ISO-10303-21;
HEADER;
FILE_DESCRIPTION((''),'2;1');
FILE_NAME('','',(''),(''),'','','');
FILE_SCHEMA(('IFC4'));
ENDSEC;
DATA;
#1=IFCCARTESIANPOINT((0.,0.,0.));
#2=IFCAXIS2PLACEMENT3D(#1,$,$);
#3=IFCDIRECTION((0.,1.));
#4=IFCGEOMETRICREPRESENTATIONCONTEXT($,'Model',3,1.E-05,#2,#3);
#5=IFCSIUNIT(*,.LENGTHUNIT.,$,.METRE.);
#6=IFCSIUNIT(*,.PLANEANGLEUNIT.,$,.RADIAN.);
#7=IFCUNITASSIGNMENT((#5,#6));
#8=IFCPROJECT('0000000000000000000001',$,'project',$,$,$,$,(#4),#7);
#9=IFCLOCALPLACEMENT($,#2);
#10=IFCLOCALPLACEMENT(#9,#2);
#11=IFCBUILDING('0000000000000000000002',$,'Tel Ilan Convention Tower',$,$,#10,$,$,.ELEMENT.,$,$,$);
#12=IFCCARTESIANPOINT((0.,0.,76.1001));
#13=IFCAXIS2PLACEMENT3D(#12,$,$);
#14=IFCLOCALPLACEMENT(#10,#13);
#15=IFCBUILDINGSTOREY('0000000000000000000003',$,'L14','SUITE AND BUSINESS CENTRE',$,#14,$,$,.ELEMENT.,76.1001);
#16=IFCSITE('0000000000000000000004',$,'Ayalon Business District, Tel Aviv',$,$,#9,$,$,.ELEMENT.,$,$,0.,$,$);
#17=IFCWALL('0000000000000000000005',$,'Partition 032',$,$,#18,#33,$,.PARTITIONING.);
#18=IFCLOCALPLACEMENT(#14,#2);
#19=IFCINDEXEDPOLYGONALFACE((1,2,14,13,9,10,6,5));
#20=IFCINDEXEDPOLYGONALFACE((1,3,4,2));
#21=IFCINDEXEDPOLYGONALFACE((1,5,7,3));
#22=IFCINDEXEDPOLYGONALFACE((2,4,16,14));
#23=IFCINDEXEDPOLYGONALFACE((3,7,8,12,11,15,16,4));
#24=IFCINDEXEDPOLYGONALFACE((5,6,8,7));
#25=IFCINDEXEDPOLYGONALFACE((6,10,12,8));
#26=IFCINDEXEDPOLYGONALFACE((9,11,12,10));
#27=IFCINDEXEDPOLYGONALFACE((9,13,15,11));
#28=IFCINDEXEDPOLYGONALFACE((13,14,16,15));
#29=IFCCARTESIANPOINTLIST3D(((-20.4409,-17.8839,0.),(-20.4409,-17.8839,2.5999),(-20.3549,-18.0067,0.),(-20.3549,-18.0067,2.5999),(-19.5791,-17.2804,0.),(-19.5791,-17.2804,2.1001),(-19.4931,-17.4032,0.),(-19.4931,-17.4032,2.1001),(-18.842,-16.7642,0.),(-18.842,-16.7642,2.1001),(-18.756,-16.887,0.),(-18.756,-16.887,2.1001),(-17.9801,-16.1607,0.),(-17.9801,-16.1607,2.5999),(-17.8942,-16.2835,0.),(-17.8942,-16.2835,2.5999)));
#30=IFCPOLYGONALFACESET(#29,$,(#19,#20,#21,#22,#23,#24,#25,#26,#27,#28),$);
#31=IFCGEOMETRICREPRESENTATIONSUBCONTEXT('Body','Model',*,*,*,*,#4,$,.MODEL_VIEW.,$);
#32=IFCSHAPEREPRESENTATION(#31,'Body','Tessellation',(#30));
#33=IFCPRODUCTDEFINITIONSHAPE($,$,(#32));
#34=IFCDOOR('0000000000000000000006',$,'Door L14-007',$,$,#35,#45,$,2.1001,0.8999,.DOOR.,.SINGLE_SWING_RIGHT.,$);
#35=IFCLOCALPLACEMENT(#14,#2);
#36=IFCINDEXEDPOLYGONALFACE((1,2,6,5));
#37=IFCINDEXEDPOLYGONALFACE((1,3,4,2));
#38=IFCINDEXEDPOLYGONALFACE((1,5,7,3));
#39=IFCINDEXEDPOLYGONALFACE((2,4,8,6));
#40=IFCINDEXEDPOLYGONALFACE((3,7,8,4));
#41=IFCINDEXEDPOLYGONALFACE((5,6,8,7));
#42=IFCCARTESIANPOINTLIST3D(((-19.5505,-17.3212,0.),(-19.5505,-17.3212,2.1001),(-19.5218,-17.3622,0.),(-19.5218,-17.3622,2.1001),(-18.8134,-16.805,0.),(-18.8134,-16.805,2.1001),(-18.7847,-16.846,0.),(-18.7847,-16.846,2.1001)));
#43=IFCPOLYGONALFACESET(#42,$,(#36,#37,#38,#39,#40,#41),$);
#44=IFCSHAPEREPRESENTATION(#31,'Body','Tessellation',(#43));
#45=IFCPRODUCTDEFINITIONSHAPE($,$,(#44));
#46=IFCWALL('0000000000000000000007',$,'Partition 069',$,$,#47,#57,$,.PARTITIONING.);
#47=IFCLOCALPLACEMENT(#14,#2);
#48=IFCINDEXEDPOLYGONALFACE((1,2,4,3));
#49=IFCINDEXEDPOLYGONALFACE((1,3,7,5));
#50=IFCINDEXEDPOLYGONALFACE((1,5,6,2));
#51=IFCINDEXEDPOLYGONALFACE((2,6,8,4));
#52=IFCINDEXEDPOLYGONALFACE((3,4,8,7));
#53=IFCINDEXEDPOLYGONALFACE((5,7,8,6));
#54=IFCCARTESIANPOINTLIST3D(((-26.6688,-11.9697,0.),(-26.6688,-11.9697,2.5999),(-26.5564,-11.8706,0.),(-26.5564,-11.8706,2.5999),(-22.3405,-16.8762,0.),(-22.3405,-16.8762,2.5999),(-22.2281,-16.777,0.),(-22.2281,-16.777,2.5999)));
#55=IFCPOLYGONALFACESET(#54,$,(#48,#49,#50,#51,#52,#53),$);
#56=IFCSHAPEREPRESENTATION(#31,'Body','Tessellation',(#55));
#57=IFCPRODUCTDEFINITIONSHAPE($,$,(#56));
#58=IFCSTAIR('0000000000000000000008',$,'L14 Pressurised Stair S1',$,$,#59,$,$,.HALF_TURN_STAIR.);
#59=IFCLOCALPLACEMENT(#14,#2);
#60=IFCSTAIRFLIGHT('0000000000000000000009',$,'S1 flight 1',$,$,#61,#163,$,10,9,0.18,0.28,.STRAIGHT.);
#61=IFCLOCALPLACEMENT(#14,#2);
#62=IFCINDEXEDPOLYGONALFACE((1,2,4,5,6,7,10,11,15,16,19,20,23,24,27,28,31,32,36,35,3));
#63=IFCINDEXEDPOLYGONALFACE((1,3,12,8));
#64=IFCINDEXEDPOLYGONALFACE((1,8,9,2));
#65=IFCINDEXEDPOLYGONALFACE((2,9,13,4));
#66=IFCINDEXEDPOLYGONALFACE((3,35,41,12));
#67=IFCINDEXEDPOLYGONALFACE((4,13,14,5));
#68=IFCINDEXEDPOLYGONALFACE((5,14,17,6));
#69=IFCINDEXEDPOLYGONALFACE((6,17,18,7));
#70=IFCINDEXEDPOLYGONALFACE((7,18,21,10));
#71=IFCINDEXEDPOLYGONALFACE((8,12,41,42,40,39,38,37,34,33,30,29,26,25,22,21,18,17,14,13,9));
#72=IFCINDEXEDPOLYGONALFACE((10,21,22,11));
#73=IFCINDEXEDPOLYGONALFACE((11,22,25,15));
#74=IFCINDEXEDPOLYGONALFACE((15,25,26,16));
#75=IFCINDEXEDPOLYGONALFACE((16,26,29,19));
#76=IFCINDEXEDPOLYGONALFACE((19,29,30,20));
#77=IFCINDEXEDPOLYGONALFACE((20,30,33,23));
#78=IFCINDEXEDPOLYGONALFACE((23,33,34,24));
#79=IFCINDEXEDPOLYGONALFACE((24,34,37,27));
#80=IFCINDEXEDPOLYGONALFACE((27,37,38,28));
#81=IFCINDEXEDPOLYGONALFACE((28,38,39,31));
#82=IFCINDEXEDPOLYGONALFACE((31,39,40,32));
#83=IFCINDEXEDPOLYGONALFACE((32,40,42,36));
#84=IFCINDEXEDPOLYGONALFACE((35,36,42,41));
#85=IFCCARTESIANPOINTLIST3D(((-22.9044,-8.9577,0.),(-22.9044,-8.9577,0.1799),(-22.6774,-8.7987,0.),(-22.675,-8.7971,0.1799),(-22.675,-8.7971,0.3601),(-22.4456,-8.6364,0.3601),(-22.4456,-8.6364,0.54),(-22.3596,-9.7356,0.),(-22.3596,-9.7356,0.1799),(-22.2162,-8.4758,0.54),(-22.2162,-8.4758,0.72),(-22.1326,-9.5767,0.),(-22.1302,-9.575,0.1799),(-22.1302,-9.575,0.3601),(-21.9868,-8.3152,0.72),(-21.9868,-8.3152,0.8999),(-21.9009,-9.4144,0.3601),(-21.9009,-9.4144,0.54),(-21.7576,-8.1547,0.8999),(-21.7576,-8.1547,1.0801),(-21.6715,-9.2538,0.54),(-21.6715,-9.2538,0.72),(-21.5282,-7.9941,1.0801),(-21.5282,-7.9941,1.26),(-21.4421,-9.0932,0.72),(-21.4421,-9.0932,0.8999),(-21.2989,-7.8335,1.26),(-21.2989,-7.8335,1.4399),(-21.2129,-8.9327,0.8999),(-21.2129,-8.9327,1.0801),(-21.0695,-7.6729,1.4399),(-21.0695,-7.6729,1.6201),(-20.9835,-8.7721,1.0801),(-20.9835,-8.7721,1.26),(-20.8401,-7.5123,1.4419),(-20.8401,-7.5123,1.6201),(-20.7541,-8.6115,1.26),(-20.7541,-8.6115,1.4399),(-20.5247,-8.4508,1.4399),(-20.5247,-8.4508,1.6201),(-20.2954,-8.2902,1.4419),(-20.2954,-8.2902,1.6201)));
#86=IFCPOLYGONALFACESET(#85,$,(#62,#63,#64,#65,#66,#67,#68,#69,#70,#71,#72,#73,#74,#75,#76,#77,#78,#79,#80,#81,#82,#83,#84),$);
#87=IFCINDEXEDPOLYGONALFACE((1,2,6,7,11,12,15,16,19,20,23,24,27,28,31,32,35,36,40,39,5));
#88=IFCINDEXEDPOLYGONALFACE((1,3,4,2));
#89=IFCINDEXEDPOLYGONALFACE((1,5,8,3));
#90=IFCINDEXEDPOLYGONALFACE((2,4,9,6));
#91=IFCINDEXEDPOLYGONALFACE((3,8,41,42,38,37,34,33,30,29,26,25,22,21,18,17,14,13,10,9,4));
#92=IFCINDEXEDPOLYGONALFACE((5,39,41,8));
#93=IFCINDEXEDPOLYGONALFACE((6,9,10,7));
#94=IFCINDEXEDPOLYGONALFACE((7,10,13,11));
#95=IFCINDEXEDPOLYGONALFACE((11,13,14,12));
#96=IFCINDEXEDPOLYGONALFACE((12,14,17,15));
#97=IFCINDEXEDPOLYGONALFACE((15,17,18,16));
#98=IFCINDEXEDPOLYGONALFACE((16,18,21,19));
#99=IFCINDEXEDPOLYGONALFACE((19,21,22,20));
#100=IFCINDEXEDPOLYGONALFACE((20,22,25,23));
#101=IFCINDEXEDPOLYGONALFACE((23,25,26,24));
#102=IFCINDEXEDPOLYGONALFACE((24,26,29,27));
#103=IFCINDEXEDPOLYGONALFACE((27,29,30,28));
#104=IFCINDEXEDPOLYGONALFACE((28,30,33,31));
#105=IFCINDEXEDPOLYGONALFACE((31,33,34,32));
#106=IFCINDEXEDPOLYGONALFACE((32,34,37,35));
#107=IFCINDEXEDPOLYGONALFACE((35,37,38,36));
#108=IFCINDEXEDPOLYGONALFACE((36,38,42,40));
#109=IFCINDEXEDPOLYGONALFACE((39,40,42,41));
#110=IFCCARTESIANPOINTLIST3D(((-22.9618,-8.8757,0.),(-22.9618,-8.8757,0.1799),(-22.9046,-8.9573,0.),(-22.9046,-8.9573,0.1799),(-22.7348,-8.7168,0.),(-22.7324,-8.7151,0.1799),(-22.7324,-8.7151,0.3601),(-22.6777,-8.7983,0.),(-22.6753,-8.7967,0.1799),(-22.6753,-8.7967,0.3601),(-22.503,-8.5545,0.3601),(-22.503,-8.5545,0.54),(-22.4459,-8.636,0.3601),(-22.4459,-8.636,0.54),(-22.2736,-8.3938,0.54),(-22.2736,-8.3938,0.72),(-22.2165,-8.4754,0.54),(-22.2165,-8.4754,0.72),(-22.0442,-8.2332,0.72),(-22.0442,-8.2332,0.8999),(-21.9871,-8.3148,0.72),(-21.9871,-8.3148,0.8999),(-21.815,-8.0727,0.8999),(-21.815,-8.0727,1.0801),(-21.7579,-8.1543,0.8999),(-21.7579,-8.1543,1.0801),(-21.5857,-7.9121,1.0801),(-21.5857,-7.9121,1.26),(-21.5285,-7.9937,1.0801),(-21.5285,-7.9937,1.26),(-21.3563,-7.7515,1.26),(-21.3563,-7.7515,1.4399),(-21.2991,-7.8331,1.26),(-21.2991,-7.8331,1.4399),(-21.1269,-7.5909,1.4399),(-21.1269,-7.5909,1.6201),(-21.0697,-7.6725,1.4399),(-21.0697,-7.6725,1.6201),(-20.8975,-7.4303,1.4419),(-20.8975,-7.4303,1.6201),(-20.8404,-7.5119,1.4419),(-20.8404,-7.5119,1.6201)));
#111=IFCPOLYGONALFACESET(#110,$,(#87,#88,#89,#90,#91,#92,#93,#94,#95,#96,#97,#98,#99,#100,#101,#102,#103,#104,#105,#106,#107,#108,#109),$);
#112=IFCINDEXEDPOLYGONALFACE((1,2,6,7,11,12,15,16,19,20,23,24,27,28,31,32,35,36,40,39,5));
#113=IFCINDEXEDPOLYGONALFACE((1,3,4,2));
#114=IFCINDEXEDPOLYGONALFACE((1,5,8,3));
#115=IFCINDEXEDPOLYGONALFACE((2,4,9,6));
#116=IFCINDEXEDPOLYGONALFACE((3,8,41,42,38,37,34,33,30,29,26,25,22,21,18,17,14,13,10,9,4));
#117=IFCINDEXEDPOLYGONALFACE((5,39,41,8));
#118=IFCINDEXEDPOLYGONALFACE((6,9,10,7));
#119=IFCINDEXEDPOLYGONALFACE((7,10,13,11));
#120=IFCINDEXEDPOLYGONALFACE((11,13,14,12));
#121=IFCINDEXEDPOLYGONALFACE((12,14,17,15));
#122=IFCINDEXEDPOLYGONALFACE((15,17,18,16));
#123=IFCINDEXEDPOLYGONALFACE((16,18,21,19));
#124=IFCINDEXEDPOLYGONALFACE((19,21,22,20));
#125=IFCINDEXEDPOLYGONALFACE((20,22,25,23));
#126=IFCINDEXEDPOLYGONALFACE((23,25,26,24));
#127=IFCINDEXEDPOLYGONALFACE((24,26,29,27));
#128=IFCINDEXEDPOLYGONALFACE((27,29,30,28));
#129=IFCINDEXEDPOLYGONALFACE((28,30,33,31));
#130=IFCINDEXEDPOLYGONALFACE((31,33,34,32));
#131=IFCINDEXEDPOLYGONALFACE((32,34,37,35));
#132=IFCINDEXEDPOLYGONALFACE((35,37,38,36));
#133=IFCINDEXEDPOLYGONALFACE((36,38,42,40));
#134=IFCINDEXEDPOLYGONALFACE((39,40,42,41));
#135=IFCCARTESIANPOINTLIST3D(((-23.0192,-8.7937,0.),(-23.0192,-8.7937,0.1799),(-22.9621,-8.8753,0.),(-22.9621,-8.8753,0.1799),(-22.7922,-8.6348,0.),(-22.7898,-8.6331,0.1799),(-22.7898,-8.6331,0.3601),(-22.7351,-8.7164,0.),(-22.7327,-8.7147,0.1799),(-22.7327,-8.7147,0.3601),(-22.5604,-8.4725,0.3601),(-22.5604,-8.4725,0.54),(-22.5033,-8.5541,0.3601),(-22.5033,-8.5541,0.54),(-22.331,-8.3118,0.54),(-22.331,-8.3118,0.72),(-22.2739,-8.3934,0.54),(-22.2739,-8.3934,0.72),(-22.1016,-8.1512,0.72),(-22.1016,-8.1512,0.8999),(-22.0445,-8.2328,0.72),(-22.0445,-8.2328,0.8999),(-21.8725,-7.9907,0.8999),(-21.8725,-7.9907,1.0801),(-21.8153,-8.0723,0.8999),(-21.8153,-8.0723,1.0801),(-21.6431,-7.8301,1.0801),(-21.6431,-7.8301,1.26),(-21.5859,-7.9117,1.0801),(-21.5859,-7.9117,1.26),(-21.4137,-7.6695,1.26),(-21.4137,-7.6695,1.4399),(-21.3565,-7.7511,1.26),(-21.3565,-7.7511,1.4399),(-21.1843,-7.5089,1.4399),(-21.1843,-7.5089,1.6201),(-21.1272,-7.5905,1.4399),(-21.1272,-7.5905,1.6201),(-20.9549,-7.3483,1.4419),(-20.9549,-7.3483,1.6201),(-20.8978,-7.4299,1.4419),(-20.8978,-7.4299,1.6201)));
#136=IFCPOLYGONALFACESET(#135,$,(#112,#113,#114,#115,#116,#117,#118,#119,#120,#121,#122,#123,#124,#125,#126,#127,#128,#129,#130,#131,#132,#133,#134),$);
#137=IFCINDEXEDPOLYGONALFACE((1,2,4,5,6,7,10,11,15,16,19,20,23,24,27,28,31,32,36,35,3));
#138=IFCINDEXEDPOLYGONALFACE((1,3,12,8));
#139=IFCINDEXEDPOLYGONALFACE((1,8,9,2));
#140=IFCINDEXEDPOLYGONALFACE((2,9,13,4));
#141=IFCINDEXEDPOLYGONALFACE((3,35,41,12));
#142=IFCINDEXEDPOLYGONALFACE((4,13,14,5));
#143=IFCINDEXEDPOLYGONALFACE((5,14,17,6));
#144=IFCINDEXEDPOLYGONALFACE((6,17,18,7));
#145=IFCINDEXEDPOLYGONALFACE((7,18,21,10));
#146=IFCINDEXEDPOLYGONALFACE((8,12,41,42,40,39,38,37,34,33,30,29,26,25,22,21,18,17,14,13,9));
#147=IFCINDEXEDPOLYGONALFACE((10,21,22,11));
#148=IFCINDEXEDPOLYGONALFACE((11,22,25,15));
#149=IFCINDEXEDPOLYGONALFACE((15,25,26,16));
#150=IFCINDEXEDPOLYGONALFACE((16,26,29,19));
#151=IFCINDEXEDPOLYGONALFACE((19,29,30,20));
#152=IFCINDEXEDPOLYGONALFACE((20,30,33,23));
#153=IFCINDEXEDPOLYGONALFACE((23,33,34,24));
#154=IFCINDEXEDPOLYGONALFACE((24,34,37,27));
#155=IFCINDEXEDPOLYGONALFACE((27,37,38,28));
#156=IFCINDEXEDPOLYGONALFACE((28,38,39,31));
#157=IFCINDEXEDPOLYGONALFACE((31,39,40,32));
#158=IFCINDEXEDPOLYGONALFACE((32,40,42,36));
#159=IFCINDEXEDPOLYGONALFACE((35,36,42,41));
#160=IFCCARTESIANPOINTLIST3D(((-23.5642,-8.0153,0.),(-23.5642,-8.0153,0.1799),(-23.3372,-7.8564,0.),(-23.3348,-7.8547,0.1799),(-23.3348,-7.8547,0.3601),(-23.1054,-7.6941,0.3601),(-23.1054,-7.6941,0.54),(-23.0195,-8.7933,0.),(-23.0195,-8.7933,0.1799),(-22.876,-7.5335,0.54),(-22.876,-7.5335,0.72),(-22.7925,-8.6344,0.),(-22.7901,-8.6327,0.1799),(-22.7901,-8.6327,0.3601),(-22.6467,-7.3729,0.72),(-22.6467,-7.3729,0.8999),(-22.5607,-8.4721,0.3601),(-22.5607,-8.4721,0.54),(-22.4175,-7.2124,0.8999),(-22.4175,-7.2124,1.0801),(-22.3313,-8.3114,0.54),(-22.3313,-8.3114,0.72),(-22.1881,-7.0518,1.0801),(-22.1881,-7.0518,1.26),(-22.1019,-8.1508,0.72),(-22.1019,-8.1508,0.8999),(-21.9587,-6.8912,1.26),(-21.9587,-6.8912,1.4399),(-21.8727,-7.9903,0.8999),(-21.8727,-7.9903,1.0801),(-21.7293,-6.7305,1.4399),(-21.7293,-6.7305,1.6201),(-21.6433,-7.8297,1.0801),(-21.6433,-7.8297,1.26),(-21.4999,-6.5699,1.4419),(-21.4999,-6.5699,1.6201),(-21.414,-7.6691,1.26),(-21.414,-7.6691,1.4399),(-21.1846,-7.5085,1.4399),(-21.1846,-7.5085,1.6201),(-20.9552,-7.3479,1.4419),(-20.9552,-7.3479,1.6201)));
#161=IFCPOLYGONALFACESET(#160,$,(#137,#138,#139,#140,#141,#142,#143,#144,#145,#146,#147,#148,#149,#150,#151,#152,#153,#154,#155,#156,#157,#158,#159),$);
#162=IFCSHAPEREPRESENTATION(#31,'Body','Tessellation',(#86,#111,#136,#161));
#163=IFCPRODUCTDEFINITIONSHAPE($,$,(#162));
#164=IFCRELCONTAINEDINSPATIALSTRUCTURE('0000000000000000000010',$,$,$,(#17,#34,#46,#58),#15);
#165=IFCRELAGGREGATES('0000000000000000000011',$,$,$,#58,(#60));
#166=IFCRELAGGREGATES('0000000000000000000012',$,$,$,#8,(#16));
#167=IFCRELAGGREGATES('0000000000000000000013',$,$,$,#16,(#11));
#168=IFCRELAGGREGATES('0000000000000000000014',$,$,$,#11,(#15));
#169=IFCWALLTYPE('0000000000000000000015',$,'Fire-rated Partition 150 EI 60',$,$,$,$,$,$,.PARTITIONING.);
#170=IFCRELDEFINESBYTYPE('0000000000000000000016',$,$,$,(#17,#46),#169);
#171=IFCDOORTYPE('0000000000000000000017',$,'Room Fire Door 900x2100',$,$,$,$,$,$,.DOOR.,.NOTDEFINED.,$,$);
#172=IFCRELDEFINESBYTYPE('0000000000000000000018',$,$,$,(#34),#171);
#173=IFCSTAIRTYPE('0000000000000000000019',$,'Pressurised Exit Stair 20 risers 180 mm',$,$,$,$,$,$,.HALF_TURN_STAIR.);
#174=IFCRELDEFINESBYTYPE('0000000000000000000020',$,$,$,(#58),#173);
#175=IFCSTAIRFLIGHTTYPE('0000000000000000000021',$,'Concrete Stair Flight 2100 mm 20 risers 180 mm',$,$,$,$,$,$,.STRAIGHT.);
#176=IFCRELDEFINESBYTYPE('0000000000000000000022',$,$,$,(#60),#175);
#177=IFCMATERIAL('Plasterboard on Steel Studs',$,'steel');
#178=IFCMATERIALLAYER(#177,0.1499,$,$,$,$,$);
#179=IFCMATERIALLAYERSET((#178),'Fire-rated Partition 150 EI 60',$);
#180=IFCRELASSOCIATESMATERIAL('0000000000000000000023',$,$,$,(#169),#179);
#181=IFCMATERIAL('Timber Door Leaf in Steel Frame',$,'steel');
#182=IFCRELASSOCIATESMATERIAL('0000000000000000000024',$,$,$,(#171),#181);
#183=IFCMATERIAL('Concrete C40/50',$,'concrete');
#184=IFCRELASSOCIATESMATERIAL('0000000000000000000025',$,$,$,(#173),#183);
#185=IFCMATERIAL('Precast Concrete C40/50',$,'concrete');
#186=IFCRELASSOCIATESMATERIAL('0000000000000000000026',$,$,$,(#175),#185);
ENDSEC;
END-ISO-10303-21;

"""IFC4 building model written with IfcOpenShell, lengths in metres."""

from ifc_helpers import new_model, si_unit, direction, frame, frame_2d, origin, place, context, subcontext, project, spatial, polyline, rectangle, outline, extrude, material, layer, layer_set, type_object, element, fill, aggregate, save


model = new_model("IFC4")

# Units and contexts
model_context = context("Model", 3, precision=1e-05, world=origin(), true_north=direction((0.0, 1.0)))
body_context = subcontext(model_context, "Body", "Model", "MODEL_VIEW")
ifc_project = project(units=[si_unit("LENGTHUNIT", "METRE"), si_unit("PLANEANGLEUNIT", "RADIAN")], contexts=[model_context])

# Site, building, storey
site_placement = place(None, origin())
site = spatial("IfcSite", under=ifc_project, at=site_placement, Name="Ayalon Business District, Tel Aviv", CompositionType="ELEMENT", RefElevation=0.0)
building_placement = place(site_placement, origin())
building = spatial("IfcBuilding", under=site, at=building_placement, Name="Tel Ilan Convention Tower", CompositionType="ELEMENT")
storey_placement = place(building_placement, frame((0.0, 0.0, 76.1001)))
storey = spatial("IfcBuildingStorey", under=building, at=storey_placement, Name="L14", Description="SUITE AND BUSINESS CENTRE", CompositionType="ELEMENT", Elevation=76.1001)

# Wall, opening, door
ifc_material_1 = material(Name="Plasterboard on Steel Studs", Category="steel")
ifc_layer_1 = layer(ifc_material_1, 0.1499)
ifc_layer_set_1 = layer_set([ifc_layer_1], Name="Fire-rated Partition 150 EI 60")
wall_type_1 = type_object("IfcWallType", Name="Fire-rated Partition 150 EI 60", PredefinedType="PARTITIONING", material=ifc_layer_set_1)
wall_1_placement = place(storey_placement, frame((-17.9373, -16.2222, 0.0), z_axis=(0.0, 0.0, 1.0), x_axis=(-0.819129, -0.57361, 0.0)))
wall_1 = element("IfcWall", 1, at=wall_1_placement, inside=storey, type_object=wall_type_1, Name="Partition 032", PredefinedType="PARTITIONING", context=body_context, shape_type="SweptSolid", body=[
    extrude(rectangle(XDim=3.0042, YDim=0.1499, at=frame_2d((1.502, 0.0))), origin(), (0.0, 0.0, 1.0), 2.5999),
])
opening_1_placement = place(wall_1_placement, frame((1.052, 0.0, 0.0)))
opening_1 = element("IfcOpeningElement", 2, at=opening_1_placement, cuts=wall_1, PredefinedType="OPENING", context=body_context, shape_type="SweptSolid", body=[
    extrude(rectangle(XDim=0.8999, YDim=2.1001, at=frame_2d((0.45, 1.05))), frame((0.0, 0.085, 0.0), z_axis=(0.0, -1.0, 0.0), x_axis=(1.0, 0.0, 0.0)), (0.0, 0.0, 1.0), 0.1699),
])
ifc_material_2 = material(Name="Timber Door Leaf in Steel Frame", Category="steel")
door_type_1 = type_object("IfcDoorType", Name="Room Fire Door 900x2100", OperationType="NOTDEFINED", PredefinedType="DOOR", material=ifc_material_2)
door_1_placement = place(opening_1_placement, origin())
door_1 = element("IfcDoor", 3, at=door_1_placement, inside=storey, type_object=door_type_1, Name="Door L14-007", OperationType="SINGLE_SWING_RIGHT", OverallHeight=2.1001, OverallWidth=0.8999, PredefinedType="DOOR", context=body_context, shape_type="SweptSolid", body=[
    extrude(rectangle(XDim=0.8999, YDim=2.1001, at=frame_2d((0.45, 1.05))), frame((0.0, 0.0249, 0.0), z_axis=(0.0, -1.0, 0.0), x_axis=(1.0, 0.0, 0.0)), (0.0, 0.0, 1.0), 0.05),
])
fill(opening_1, door_1)

# Wall
wall_2_placement = place(storey_placement, frame((-22.2842, -16.8267, 0.0), z_axis=(0.0, 0.0, 1.0), x_axis=(-0.661545, 0.749905, 0.0)))
element("IfcWall", 4, at=wall_2_placement, inside=storey, type_object=wall_type_1, Name="Partition 069", PredefinedType="PARTITIONING", context=body_context, shape_type="SweptSolid", body=[
    extrude(rectangle(XDim=6.5427, YDim=0.1499, at=frame_2d((3.2715, 0.0))), origin(), (0.0, 0.0, 1.0), 2.5999),
])

# Stair, stair flight
ifc_material_3 = material(Name="Concrete C40/50", Category="concrete")
stair_type = type_object("IfcStairType", Name="Pressurised Exit Stair 20 risers 180 mm", PredefinedType="HALF_TURN_STAIR", material=ifc_material_3)
stair_1_placement = place(storey_placement, origin())
stair_1 = element("IfcStair", 5, at=stair_1_placement, inside=storey, type_object=stair_type, Name="L14 Pressurised Stair S1", PredefinedType="HALF_TURN_STAIR")
ifc_material_4 = material(Name="Precast Concrete C40/50", Category="concrete")
stair_flight_type = type_object("IfcStairFlightType", Name="Concrete Stair Flight 2100 mm 20 risers 180 mm", PredefinedType="STRAIGHT", material=ifc_material_4)
stair_flight_1_placement = place(storey_placement, frame((-22.9619, -8.8755, 0.0), z_axis=(0.0, 0.0, 1.0), x_axis=(0.819152, 0.573576, 0.0)))
stair_flight_1 = element("IfcStairFlight", 6, at=stair_flight_1_placement, type_object=stair_flight_type, Name="S1 flight 1", NumberOfRisers=10, NumberOfTreads=9, PredefinedType="STRAIGHT", RiserHeight=0.18, TreadLength=0.28, context=body_context, shape_type="SweptSolid", body=[
    extrude(outline(polyline([(0.0, 0.0), (0.0, 0.1799), (0.28, 0.1799), (0.28, 0.3601), (0.5601, 0.3601), (0.5601, 0.54), (0.8401, 0.54), (0.8401, 0.72), (1.1201, 0.72), (1.1201, 0.8999), (1.3999, 0.8999), (1.3999, 1.0801), (1.6799, 1.0801), (1.6799, 1.26), (1.96, 1.26), (1.96, 1.4399), (2.24, 1.4399), (2.24, 1.6201), (2.52, 1.6201), (2.52, 1.8), (2.52, 1.4419), (0.2771, 0.0), (0.0, 0.0)])), frame((0.0, -0.1003, 0.0), z_axis=(0.0, -1.0, 0.0), x_axis=(1.0, 0.0, 0.0)), (0.0, 0.0, 1.0), 0.9497),
    extrude(outline(polyline([(0.0, 0.0), (0.0, 0.1799), (0.28, 0.1799), (0.28, 0.3601), (0.5601, 0.3601), (0.5601, 0.54), (0.8401, 0.54), (0.8401, 0.72), (1.1201, 0.72), (1.1201, 0.8999), (1.3999, 0.8999), (1.3999, 1.0801), (1.6799, 1.0801), (1.6799, 1.26), (1.96, 1.26), (1.96, 1.4399), (2.24, 1.4399), (2.24, 1.6201), (2.52, 1.6201), (2.52, 1.8), (2.52, 1.4419), (0.2771, 0.0), (0.0, 0.0)])), frame((0.0, -0.0002, 0.0), z_axis=(0.0, -1.0, 0.0), x_axis=(1.0, 0.0, 0.0)), (0.0, 0.0, 1.0), 0.0996),
    extrude(outline(polyline([(0.0, 0.0), (0.0, 0.1799), (0.28, 0.1799), (0.28, 0.3601), (0.5601, 0.3601), (0.5601, 0.54), (0.8401, 0.54), (0.8401, 0.72), (1.1201, 0.72), (1.1201, 0.8999), (1.3999, 0.8999), (1.3999, 1.0801), (1.6799, 1.0801), (1.6799, 1.26), (1.96, 1.26), (1.96, 1.4399), (2.24, 1.4399), (2.24, 1.6201), (2.52, 1.6201), (2.52, 1.8), (2.52, 1.4419), (0.2771, 0.0), (0.0, 0.0)])), frame((0.0, 0.0999, 0.0), z_axis=(0.0, -1.0, 0.0), x_axis=(1.0, 0.0, 0.0)), (0.0, 0.0, 1.0), 0.0996),
    extrude(outline(polyline([(0.0, 0.0), (0.0, 0.1799), (0.28, 0.1799), (0.28, 0.3601), (0.5601, 0.3601), (0.5601, 0.54), (0.8401, 0.54), (0.8401, 0.72), (1.1201, 0.72), (1.1201, 0.8999), (1.3999, 0.8999), (1.3999, 1.0801), (1.6799, 1.0801), (1.6799, 1.26), (1.96, 1.26), (1.96, 1.4399), (2.24, 1.4399), (2.24, 1.6201), (2.52, 1.6201), (2.52, 1.8), (2.52, 1.4419), (0.2771, 0.0), (0.0, 0.0)])), frame((0.0, 1.05, 0.0), z_axis=(0.0, -1.0, 0.0), x_axis=(1.0, 0.0, 0.0)), (0.0, 0.0, 1.0), 0.9497),
])
aggregate(stair_1, [stair_flight_1])

save(model, "model.ifc")
